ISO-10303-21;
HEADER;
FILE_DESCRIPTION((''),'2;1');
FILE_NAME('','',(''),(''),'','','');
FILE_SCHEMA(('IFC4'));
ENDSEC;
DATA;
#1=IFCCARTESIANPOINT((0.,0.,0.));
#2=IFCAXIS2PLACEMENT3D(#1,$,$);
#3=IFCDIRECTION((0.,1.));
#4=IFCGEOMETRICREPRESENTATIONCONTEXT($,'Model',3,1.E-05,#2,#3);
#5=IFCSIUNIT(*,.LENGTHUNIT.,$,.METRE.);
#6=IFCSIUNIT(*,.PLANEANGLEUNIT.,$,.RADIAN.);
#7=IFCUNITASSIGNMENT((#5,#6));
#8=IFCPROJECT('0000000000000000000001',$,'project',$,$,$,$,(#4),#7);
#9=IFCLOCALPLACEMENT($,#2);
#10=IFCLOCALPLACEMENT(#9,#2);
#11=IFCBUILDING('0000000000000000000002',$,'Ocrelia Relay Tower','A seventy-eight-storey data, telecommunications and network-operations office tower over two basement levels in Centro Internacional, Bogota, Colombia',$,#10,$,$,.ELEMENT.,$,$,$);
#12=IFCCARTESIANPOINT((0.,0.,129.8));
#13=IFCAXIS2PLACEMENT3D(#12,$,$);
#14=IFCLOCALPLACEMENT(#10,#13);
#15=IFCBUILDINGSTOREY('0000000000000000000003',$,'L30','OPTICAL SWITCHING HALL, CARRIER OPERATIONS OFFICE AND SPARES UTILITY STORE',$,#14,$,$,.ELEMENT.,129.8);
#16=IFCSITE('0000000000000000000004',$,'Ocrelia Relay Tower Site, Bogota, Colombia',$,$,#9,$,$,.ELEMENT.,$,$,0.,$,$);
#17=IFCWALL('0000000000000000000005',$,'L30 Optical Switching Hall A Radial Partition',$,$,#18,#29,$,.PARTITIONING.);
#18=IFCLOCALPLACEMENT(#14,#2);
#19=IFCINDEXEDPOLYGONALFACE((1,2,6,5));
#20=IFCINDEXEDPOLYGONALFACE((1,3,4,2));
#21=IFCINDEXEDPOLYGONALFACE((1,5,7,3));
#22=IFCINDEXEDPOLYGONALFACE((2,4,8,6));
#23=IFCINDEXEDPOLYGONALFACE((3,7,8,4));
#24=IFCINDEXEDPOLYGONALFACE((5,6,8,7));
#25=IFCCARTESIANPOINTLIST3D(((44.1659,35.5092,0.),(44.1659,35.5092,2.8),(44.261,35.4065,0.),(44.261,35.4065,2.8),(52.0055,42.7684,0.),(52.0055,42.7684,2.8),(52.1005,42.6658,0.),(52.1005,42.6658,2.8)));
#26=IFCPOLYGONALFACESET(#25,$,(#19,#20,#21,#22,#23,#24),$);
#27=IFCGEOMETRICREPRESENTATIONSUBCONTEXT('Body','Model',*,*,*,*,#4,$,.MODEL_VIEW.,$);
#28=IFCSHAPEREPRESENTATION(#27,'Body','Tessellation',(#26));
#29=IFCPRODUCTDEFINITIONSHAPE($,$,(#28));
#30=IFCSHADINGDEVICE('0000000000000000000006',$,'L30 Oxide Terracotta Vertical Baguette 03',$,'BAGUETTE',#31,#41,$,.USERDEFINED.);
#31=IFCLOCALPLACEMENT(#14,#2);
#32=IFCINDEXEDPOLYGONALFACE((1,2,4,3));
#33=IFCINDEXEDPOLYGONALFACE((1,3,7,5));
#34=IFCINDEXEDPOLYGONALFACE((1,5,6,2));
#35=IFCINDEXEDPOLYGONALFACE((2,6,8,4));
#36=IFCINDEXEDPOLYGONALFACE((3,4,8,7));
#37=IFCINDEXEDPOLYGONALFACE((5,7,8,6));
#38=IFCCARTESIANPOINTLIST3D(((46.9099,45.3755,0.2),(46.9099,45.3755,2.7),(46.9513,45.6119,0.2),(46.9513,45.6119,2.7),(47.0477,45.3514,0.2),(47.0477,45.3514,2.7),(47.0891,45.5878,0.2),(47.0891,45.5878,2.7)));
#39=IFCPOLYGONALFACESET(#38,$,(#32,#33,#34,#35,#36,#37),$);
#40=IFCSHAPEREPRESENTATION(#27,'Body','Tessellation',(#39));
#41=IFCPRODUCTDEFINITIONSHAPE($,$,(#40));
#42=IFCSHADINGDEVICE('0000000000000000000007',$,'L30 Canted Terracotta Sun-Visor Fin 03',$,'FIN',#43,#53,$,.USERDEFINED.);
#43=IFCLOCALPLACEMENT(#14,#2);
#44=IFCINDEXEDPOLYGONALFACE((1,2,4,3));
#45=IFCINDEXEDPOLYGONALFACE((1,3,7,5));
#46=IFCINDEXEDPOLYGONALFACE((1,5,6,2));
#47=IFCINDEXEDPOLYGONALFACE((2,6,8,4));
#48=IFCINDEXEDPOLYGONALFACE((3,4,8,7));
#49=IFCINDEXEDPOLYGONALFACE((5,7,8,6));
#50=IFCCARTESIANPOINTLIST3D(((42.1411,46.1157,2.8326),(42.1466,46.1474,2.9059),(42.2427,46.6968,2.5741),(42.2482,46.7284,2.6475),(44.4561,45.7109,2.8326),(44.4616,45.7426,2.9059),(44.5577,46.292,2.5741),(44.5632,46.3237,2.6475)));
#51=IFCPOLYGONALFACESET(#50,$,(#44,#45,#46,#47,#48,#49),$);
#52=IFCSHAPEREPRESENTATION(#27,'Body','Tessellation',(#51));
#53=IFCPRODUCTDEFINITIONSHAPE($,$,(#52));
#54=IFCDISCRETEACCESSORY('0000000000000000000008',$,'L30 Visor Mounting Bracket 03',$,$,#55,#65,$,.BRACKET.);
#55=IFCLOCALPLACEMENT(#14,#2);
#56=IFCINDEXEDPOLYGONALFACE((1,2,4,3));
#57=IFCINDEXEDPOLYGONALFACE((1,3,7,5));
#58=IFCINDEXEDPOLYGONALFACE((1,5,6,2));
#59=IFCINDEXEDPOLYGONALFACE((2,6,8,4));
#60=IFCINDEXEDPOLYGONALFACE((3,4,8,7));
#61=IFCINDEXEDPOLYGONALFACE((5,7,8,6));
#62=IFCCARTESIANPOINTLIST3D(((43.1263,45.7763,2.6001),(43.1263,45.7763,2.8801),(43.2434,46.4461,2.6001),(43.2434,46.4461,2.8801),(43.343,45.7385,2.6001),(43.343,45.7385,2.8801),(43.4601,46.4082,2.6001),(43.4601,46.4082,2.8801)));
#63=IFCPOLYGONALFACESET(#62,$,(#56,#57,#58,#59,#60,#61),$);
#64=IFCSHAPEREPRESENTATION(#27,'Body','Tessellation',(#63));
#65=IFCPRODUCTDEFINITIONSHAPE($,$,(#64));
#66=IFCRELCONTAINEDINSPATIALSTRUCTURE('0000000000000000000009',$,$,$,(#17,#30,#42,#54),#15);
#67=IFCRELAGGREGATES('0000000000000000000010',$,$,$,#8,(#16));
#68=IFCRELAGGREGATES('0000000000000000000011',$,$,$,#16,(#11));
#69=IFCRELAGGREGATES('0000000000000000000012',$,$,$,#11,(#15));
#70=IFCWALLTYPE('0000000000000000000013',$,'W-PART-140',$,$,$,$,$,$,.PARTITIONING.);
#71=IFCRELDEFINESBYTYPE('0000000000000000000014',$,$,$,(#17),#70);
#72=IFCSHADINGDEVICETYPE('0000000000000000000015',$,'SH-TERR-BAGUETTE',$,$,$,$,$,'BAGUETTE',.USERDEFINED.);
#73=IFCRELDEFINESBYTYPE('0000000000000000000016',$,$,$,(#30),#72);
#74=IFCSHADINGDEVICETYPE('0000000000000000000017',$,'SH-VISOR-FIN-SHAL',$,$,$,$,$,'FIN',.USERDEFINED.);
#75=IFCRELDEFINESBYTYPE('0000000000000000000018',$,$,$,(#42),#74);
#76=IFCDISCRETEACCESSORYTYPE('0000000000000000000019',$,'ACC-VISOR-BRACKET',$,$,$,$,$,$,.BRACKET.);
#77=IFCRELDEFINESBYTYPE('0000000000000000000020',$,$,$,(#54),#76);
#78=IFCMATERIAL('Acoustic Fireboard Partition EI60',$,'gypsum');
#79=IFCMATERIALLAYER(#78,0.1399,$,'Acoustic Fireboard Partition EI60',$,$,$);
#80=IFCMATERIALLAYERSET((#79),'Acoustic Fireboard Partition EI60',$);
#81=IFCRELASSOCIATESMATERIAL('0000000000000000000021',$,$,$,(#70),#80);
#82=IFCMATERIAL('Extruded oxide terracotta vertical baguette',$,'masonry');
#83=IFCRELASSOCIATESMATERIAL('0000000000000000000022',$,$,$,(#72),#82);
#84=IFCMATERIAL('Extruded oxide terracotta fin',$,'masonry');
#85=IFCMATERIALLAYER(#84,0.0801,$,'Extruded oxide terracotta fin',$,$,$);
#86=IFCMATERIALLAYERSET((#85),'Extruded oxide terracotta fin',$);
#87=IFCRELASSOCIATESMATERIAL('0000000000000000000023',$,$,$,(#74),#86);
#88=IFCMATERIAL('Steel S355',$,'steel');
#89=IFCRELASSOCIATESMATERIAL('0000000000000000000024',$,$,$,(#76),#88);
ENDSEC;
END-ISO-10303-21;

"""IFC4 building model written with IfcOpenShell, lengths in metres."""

from ifc_helpers import new_model, si_unit, direction, frame, frame_2d, origin, origin_2d, place, context, subcontext, project, spatial, rectangle, extrude, material, layer, layer_set, type_object, element, save


model = new_model("IFC4")

# Units and contexts
model_context = context("Model", 3, precision=1e-05, world=origin(), true_north=direction((0.0, 1.0)))
body_context = subcontext(model_context, "Body", "Model", "MODEL_VIEW")
ifc_project = project(units=[si_unit("LENGTHUNIT", "METRE"), si_unit("PLANEANGLEUNIT", "RADIAN")], contexts=[model_context])

# Site, building, storey
site_placement = place(None, origin())
site = spatial("IfcSite", under=ifc_project, at=site_placement, Name="Ocrelia Relay Tower Site, Bogota, Colombia", CompositionType="ELEMENT", RefElevation=0.0)
building_placement = place(site_placement, origin())
building = spatial("IfcBuilding", under=site, at=building_placement, Name="Ocrelia Relay Tower", Description="A seventy-eight-storey data, telecommunications and network-operations office tower over two basement levels in Centro Internacional, Bogota, Colombia", CompositionType="ELEMENT")
storey_placement = place(building_placement, frame((0.0, 0.0, 129.8)))
storey = spatial("IfcBuildingStorey", under=building, at=storey_placement, Name="L30", Description="OPTICAL SWITCHING HALL, CARRIER OPERATIONS OFFICE AND SPARES UTILITY STORE", CompositionType="ELEMENT", Elevation=129.8)

# Shared definitions
ifc_material_1 = material(Name="Steel S355", Category="steel")

# Wall
ifc_material_2 = material(Name="Acoustic Fireboard Partition EI60", Category="gypsum")
ifc_layer_1 = layer(ifc_material_2, 0.1399, Name="Acoustic Fireboard Partition EI60")
ifc_layer_set_1 = layer_set([ifc_layer_1], Name="Acoustic Fireboard Partition EI60")
wall_type_1 = type_object("IfcWallType", Name="W-PART-140", PredefinedType="PARTITIONING", material=ifc_layer_set_1)
wall_1_placement = place(storey_placement, frame((44.2134, 35.4578, 0.0), z_axis=(0.0, 0.0, 1.0), x_axis=(0.733743, 0.679428, 0.0)))
element("IfcWall", 1, at=wall_1_placement, inside=storey, type_object=wall_type_1, Name="L30 Optical Switching Hall A Radial Partition", PredefinedType="PARTITIONING", context=body_context, shape_type="SweptSolid", body=[
    extrude(rectangle(XDim=10.6843, YDim=0.1399, at=frame_2d((5.3423, 0.0))), origin(), (0.0, 0.0, 1.0), 2.8),
])

# Shading devices
ifc_material_3 = material(Name="Extruded oxide terracotta vertical baguette", Category="masonry")
shading_device_type_1 = type_object("IfcShadingDeviceType", Name="SH-TERR-BAGUETTE", ElementType="BAGUETTE", PredefinedType="USERDEFINED", material=ifc_material_3)
shading_device_1_placement = place(storey_placement, frame((46.9995, 45.4817, 0.2), z_axis=(0.0, 0.0, 1.0), x_axis=(-0.985055, 0.17224, 0.0)))
element("IfcShadingDevice", 2, at=shading_device_1_placement, inside=storey, type_object=shading_device_type_1, Name="L30 Oxide Terracotta Vertical Baguette 03", ObjectType="BAGUETTE", PredefinedType="USERDEFINED", context=body_context, shape_type="SweptSolid", body=[
    extrude(rectangle(XDim=0.1399, YDim=0.24, at=origin_2d()), origin(), (0.0, 0.0, 1.0), 2.5),
])
ifc_material_4 = material(Name="Extruded oxide terracotta fin", Category="masonry")
ifc_layer_2 = layer(ifc_material_4, 0.0801, Name="Extruded oxide terracotta fin")
ifc_layer_set_2 = layer_set([ifc_layer_2], Name="Extruded oxide terracotta fin")
shading_device_type_2 = type_object("IfcShadingDeviceType", Name="SH-VISOR-FIN-SHAL", ElementType="FIN", PredefinedType="USERDEFINED", material=ifc_layer_set_2)
shading_device_2_placement = place(storey_placement, frame((43.3494, 46.2039, 2.7034), z_axis=(0.069122, 0.395311, 0.915943), x_axis=(-0.985055, 0.17224, 0.0)))
element("IfcShadingDevice", 3, at=shading_device_2_placement, inside=storey, type_object=shading_device_type_2, Name="L30 Canted Terracotta Sun-Visor Fin 03", ObjectType="FIN", PredefinedType="USERDEFINED", context=body_context, shape_type="SweptSolid", body=[
    extrude(rectangle(XDim=2.3501, YDim=0.644, at=origin_2d()), origin(), (0.0, 0.0, 1.0), 0.0801),
])

# Discrete accessory
discrete_accessory_type = type_object("IfcDiscreteAccessoryType", Name="ACC-VISOR-BRACKET", PredefinedType="BRACKET", material=ifc_material_1)
discrete_accessory_placement = place(storey_placement, frame((43.2932, 46.0923, 2.6001), z_axis=(0.0, 0.0, 1.0), x_axis=(-0.985055, 0.17224, 0.0)))
element("IfcDiscreteAccessory", 4, at=discrete_accessory_placement, inside=storey, type_object=discrete_accessory_type, Name="L30 Visor Mounting Bracket 03", PredefinedType="BRACKET", context=body_context, shape_type="SweptSolid", body=[
    extrude(rectangle(XDim=0.22, YDim=0.6799, at=origin_2d()), origin(), (0.0, 0.0, 1.0), 0.28),
])

save(model, "model.ifc")
